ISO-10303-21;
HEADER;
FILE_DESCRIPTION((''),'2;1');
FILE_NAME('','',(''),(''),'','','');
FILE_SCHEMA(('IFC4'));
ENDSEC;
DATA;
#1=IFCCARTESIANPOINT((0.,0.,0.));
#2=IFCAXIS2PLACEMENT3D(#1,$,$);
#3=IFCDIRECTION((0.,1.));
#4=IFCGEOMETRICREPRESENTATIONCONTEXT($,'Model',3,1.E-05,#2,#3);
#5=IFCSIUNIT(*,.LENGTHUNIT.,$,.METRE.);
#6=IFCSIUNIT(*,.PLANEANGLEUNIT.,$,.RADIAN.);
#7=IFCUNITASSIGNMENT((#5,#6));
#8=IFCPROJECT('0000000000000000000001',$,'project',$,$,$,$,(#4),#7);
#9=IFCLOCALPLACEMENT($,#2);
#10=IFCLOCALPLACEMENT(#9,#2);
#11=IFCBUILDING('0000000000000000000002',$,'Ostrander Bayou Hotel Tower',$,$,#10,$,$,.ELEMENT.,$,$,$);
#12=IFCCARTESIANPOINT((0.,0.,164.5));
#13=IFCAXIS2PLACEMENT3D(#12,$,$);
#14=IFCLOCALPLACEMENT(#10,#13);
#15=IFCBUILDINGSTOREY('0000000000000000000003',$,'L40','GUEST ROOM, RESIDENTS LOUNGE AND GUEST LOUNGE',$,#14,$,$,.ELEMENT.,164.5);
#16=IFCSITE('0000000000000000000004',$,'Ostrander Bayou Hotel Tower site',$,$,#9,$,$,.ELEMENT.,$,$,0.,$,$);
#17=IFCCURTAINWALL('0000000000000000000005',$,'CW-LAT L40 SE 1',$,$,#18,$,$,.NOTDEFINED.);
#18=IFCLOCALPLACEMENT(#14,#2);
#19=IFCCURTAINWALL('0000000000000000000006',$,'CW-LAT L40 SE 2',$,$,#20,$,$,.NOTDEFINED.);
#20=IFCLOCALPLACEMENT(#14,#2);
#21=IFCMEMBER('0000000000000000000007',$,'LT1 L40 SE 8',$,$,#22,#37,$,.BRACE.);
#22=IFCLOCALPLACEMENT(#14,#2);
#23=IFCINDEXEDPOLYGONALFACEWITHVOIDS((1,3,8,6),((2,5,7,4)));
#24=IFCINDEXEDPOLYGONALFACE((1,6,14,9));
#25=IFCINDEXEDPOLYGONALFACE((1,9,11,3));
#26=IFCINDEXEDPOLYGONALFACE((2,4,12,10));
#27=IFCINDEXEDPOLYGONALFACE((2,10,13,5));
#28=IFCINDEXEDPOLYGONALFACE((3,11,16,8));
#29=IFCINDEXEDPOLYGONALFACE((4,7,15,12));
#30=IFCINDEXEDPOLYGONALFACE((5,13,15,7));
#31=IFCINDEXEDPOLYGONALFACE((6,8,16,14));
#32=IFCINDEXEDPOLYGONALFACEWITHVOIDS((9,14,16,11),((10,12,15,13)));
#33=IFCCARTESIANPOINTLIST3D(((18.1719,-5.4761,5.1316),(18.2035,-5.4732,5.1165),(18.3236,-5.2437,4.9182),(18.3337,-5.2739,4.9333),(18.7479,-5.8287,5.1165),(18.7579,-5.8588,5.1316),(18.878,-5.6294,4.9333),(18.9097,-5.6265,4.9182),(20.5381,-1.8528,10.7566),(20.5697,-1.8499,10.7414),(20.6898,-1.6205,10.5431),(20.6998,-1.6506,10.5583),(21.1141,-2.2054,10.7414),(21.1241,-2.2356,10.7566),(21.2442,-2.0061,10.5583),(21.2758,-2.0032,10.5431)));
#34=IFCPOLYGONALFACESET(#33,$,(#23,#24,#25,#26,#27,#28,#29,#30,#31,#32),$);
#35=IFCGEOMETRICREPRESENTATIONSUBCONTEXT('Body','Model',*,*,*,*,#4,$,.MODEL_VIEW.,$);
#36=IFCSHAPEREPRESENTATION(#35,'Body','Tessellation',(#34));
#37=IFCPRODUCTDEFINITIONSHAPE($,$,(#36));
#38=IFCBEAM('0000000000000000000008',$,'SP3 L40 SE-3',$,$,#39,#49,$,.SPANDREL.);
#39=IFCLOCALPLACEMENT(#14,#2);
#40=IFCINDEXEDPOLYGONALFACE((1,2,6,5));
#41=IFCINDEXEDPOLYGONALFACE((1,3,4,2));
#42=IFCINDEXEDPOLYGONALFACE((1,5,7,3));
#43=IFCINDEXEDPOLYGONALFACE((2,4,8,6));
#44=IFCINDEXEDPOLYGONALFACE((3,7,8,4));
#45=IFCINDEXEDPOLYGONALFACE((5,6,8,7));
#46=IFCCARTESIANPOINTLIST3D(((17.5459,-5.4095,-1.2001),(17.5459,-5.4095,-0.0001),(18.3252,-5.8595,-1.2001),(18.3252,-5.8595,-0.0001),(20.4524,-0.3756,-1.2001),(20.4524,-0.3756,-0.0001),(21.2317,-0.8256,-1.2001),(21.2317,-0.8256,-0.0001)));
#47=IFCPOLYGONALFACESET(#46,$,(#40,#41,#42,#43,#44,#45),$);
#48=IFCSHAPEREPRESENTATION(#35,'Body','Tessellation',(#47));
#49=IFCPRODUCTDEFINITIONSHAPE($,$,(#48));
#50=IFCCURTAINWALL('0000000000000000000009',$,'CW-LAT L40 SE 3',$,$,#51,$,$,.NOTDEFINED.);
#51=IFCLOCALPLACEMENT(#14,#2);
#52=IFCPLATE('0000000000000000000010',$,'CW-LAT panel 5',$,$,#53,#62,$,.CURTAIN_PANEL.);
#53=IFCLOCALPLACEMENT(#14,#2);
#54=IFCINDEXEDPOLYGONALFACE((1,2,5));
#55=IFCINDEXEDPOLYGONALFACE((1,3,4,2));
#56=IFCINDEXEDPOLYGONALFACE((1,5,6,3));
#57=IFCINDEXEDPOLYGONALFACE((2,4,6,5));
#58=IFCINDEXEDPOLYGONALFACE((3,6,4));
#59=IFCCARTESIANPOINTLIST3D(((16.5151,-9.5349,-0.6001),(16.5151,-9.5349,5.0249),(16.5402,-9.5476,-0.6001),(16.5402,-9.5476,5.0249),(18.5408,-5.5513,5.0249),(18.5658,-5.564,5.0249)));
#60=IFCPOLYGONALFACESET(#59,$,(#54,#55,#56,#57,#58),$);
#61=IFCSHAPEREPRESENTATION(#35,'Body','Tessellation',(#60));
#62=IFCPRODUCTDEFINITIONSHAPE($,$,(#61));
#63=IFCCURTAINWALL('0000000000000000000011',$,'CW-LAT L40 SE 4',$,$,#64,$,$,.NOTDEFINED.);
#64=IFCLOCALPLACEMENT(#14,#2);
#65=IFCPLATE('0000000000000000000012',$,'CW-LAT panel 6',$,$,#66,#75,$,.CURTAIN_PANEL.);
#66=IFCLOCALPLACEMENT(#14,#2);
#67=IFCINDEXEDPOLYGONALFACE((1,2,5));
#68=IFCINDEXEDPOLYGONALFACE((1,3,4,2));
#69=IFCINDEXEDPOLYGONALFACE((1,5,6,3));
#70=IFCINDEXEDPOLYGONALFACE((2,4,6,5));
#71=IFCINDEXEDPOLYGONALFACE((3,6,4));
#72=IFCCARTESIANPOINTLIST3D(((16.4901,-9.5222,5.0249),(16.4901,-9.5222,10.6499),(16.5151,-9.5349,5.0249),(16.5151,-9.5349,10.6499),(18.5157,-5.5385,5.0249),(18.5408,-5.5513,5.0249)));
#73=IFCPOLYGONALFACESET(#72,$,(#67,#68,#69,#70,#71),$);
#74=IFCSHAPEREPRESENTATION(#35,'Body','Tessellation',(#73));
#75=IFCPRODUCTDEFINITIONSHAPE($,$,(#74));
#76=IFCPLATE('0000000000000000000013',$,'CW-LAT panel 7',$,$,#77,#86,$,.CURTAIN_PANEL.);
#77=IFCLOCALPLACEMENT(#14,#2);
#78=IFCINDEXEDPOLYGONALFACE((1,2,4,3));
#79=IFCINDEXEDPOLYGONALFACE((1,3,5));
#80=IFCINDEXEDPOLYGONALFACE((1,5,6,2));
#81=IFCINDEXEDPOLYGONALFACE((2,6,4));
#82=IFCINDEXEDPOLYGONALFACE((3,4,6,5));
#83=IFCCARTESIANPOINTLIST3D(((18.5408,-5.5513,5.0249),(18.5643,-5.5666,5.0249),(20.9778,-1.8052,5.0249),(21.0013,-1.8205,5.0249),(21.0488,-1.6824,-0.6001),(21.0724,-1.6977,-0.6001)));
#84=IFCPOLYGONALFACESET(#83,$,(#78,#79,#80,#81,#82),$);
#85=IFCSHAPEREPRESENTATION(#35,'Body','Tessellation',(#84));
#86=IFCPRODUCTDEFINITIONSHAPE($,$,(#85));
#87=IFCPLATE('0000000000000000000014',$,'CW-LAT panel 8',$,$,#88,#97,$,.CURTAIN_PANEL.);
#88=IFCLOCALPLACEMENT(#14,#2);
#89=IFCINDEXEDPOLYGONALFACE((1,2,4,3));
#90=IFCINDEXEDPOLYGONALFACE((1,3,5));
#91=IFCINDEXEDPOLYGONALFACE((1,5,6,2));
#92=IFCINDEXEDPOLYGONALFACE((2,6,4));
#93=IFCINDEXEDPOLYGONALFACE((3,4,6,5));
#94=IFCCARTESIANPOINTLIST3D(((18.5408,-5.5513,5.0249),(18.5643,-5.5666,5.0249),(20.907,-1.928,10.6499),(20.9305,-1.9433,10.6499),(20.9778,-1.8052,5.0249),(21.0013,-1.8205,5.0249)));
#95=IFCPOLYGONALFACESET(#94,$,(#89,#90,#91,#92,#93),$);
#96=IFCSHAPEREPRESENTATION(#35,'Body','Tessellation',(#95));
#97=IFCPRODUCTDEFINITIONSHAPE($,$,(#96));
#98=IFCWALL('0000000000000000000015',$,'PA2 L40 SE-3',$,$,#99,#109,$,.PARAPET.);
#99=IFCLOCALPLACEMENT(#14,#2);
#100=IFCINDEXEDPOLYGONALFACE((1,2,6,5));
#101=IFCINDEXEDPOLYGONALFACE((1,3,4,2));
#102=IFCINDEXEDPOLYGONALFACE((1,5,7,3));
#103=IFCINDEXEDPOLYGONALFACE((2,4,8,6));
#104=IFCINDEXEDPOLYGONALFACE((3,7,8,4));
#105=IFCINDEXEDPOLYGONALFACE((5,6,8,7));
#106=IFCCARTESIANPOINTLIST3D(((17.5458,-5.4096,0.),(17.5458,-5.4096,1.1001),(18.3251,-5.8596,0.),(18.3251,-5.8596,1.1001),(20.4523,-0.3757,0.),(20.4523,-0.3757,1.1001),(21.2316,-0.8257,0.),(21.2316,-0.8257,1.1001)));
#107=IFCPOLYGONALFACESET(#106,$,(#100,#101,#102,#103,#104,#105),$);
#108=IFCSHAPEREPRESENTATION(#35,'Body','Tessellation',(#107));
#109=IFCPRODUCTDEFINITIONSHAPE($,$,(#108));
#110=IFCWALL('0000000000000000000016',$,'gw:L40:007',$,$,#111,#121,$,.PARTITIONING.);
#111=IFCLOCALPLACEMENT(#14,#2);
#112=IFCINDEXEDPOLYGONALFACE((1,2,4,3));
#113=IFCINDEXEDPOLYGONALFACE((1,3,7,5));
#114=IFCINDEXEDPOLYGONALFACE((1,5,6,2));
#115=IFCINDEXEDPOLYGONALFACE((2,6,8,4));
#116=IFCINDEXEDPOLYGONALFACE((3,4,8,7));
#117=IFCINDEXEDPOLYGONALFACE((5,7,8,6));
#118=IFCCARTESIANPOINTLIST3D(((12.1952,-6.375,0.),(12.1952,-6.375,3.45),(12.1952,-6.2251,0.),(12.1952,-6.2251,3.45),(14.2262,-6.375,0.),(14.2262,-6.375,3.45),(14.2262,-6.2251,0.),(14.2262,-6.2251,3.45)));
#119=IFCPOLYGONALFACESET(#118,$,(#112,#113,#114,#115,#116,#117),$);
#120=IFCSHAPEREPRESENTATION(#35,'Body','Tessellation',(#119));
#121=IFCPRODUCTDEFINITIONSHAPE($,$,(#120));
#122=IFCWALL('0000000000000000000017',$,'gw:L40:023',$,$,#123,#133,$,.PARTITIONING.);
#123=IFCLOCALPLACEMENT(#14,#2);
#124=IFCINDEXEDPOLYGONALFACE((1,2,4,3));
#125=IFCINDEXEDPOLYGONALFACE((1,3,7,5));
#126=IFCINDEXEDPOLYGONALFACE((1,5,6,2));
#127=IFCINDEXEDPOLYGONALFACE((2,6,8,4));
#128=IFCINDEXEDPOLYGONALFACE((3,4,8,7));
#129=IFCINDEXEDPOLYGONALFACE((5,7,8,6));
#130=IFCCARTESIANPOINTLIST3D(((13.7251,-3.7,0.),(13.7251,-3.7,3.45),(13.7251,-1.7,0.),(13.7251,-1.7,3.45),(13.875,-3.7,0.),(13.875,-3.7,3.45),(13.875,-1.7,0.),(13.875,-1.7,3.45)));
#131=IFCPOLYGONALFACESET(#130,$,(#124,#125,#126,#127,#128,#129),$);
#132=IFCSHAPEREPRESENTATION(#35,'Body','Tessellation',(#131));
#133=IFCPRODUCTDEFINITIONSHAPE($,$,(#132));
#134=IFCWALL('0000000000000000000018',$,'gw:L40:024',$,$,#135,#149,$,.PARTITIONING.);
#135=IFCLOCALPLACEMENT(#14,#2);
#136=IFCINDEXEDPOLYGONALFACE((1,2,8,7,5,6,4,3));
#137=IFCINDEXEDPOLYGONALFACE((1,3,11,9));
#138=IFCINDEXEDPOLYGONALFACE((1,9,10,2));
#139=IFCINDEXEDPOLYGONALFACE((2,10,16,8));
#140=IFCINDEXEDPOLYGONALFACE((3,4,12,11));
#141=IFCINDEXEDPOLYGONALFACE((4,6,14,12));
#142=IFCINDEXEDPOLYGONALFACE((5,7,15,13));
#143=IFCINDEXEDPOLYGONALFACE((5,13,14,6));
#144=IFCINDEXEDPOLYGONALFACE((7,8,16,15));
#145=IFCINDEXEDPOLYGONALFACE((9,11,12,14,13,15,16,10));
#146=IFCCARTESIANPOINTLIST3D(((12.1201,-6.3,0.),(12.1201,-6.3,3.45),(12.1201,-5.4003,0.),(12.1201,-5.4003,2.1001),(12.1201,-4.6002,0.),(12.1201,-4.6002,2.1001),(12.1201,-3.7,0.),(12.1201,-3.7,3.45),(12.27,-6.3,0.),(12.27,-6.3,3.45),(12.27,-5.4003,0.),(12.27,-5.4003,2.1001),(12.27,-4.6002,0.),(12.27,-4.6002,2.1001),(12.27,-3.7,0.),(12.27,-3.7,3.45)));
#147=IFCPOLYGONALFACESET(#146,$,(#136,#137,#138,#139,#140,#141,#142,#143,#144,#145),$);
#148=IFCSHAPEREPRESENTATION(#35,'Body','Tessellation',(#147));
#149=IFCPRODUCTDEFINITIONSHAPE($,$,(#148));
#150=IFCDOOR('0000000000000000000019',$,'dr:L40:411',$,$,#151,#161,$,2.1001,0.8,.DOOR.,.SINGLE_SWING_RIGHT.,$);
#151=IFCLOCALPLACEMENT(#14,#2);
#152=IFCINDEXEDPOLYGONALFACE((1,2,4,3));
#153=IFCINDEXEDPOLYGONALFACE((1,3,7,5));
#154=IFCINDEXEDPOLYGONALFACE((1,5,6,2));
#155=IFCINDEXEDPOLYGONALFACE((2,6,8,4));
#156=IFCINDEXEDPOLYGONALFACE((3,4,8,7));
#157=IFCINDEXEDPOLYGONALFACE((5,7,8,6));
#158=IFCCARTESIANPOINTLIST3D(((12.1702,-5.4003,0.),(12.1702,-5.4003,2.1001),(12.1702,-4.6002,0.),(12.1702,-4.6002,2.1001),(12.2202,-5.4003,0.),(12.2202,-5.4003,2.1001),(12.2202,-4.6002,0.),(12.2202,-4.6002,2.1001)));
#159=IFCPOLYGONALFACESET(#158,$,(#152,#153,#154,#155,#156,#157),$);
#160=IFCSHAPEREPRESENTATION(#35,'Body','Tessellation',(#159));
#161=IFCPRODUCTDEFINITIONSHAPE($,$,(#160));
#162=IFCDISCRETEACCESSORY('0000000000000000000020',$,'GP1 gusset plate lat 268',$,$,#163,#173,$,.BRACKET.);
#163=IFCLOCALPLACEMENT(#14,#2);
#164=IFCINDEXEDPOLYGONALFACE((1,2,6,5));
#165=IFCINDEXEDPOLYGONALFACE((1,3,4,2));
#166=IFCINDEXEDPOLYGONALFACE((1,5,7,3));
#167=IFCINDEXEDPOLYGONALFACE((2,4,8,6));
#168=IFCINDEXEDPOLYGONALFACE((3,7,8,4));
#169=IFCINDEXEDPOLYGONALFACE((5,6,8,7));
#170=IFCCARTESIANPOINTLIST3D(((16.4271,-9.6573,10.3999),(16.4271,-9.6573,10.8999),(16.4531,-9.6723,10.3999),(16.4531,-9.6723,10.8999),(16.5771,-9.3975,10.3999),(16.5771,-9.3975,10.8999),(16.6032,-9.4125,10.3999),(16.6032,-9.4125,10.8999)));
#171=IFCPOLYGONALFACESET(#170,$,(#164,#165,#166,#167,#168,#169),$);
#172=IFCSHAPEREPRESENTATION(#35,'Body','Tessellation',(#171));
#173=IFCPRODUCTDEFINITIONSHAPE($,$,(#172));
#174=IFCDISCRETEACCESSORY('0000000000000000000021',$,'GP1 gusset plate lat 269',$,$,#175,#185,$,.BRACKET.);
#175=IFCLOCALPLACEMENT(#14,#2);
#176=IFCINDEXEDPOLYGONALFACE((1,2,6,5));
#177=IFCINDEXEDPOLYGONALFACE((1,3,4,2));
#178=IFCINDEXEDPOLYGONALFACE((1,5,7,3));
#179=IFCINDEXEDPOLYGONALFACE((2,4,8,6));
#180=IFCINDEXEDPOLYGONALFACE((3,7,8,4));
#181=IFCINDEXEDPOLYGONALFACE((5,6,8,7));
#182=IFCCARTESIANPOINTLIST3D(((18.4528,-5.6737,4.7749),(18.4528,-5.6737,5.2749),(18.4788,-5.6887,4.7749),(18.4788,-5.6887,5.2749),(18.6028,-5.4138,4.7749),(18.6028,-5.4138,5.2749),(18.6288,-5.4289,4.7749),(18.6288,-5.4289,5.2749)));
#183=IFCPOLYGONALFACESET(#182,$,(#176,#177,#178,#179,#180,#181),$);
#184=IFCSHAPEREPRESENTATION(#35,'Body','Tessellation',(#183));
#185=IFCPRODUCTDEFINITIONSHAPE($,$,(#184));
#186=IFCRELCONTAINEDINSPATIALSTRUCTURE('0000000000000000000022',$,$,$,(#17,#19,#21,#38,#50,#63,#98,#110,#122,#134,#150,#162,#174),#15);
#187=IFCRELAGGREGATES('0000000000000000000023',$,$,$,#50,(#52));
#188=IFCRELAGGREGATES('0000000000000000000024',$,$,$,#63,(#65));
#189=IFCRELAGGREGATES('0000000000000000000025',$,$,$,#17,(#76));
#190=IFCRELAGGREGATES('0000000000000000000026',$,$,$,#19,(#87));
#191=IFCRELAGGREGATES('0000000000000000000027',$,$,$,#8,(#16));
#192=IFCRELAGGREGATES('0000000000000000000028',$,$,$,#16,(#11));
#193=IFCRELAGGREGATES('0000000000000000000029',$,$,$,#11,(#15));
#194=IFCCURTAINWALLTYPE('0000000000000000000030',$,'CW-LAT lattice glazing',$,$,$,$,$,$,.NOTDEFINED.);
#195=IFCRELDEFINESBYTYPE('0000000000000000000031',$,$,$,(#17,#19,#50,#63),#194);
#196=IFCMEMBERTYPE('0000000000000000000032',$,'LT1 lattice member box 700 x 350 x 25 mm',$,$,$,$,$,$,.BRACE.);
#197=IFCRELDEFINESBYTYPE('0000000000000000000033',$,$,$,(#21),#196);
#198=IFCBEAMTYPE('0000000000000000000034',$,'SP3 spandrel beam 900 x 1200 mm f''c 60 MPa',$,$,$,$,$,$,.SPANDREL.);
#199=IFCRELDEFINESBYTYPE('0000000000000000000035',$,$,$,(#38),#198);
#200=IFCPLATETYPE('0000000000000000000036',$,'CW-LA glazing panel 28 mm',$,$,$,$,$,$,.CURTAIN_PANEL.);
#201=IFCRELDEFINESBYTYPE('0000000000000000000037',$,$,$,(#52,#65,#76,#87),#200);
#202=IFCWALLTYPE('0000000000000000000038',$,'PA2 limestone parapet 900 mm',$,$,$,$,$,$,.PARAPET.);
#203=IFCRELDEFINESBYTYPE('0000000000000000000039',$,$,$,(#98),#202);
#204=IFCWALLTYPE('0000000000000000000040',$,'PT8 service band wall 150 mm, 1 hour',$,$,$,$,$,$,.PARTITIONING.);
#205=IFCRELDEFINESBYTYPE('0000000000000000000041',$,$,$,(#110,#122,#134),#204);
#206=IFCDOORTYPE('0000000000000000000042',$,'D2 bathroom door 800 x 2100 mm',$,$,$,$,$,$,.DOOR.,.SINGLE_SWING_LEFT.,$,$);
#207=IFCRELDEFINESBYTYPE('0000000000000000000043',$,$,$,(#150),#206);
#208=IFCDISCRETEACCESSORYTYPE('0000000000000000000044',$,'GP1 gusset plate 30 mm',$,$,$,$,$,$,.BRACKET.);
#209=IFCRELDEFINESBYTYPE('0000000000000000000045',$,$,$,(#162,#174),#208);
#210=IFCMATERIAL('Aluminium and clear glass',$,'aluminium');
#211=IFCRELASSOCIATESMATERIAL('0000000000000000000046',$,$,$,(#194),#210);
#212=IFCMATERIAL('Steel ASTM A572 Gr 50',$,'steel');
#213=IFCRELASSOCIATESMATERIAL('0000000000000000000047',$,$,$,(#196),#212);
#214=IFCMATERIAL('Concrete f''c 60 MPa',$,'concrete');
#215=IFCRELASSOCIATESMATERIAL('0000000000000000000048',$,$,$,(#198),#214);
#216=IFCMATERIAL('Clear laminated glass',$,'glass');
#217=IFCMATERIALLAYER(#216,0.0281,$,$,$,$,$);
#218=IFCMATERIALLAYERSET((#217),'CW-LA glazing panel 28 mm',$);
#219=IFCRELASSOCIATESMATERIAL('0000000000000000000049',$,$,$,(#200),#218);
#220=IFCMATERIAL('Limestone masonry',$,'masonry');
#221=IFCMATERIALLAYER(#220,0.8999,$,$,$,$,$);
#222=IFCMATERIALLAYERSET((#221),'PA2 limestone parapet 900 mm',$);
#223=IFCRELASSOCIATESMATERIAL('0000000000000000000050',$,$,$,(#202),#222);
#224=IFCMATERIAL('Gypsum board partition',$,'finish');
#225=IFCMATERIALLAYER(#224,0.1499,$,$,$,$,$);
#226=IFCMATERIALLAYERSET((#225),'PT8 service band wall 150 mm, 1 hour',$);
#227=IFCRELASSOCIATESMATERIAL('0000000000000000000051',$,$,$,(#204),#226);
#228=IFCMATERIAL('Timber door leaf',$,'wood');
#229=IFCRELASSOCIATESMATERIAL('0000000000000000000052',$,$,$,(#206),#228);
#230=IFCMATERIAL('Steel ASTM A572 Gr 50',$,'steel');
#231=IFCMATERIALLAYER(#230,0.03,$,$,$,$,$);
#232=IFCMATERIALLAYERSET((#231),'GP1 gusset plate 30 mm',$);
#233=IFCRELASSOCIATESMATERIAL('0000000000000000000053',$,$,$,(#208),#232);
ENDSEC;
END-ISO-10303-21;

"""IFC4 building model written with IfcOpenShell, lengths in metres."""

from ifc_helpers import new_model, si_unit, direction, frame, frame_2d, origin, origin_2d, place, context, subcontext, project, spatial, polyline, rectangle, hollow_rectangle, outline, extrude, material, layer, layer_set, material_profile, profile_set, type_object, element, fill, aggregate, save


model = new_model("IFC4")

# Units and contexts
model_context = context("Model", 3, precision=1e-05, world=origin(), true_north=direction((0.0, 1.0)))
body_context = subcontext(model_context, "Body", "Model", "MODEL_VIEW")
ifc_project = project(units=[si_unit("LENGTHUNIT", "METRE"), si_unit("PLANEANGLEUNIT", "RADIAN")], contexts=[model_context])

# Site, building, storey
site_placement = place(None, origin())
site = spatial("IfcSite", under=ifc_project, at=site_placement, Name="Ostrander Bayou Hotel Tower site", CompositionType="ELEMENT", RefElevation=0.0)
building_placement = place(site_placement, origin())
building = spatial("IfcBuilding", under=site, at=building_placement, Name="Ostrander Bayou Hotel Tower", CompositionType="ELEMENT")
storey_placement = place(building_placement, frame((0.0, 0.0, 164.5)))
storey = spatial("IfcBuildingStorey", under=building, at=storey_placement, Name="L40", Description="GUEST ROOM, RESIDENTS LOUNGE AND GUEST LOUNGE", CompositionType="ELEMENT", Elevation=164.5)

# Curtain walls
ifc_material_1 = material(Name="Aluminium and clear glass", Category="aluminium")
curtain_wall_type = type_object("IfcCurtainWallType", Name="CW-LAT lattice glazing", PredefinedType="NOTDEFINED", material=ifc_material_1)
curtain_wall_1_placement = place(storey_placement, origin())
curtain_wall_1 = element("IfcCurtainWall", 1, at=curtain_wall_1_placement, inside=storey, type_object=curtain_wall_type, Name="CW-LAT L40 SE 1", PredefinedType="NOTDEFINED")
curtain_wall_2_placement = place(storey_placement, origin())
curtain_wall_2 = element("IfcCurtainWall", 2, at=curtain_wall_2_placement, inside=storey, type_object=curtain_wall_type, Name="CW-LAT L40 SE 2", PredefinedType="NOTDEFINED")

# Member
ifc_material_2 = material(Name="Steel ASTM A572 Gr 50", Category="steel")
ifc_material_profile_1 = material_profile(ifc_material_2, hollow_rectangle(XDim=0.7, YDim=0.3501, WallThickness=0.0249, at=origin_2d()))
ifc_profile_set_1 = profile_set([ifc_material_profile_1], Name="Steel ASTM A572 Gr 50")
member_type_1 = type_object("IfcMemberType", Name="LT1 lattice member box 700 x 350 x 25 mm", PredefinedType="BRACE", material=ifc_profile_set_1)
member_1_placement = place(storey_placement, frame((18.5408, -5.5513, 5.0249), z_axis=(0.333409, 0.510536, 0.792585), x_axis=(-0.837273, 0.546786, 0.0)))
element("IfcMember", 3, at=member_1_placement, inside=storey, type_object=member_type_1, Name="LT1 L40 SE 8", PredefinedType="BRACE", context=body_context, shape_type="SweptSolid", body=[
    extrude(hollow_rectangle(XDim=0.7, YDim=0.3501, WallThickness=0.0249, at=origin_2d()), origin(), (0.0, 0.0, 1.0), 7.0969),
])

# Beam
ifc_material_3 = material(Name="Concrete f'c 60 MPa", Category="concrete")
ifc_material_profile_2 = material_profile(ifc_material_3, rectangle(XDim=0.8999, YDim=1.2, at=origin_2d()))
ifc_profile_set_2 = profile_set([ifc_material_profile_2], Name="Concrete f'c 60 MPa")
beam_type_1 = type_object("IfcBeamType", Name="SP3 spandrel beam 900 x 1200 mm f'c 60 MPa", PredefinedType="SPANDREL", material=ifc_profile_set_2)
beam_1_placement = place(storey_placement, frame((17.9355, -5.6345, -0.6001), z_axis=(0.500019, 0.866014, 0.0), x_axis=(-0.866014, 0.500019, 0.0)))
element("IfcBeam", 4, at=beam_1_placement, inside=storey, type_object=beam_type_1, Name="SP3 L40 SE-3", PredefinedType="SPANDREL", context=body_context, shape_type="SweptSolid", body=[
    extrude(rectangle(XDim=0.8999, YDim=1.2, at=origin_2d()), origin(), (0.0, 0.0, 1.0), 5.8127),
])

# Curtain walls, plates
curtain_wall_3_placement = place(storey_placement, origin())
curtain_wall_3 = element("IfcCurtainWall", 5, at=curtain_wall_3_placement, inside=storey, type_object=curtain_wall_type, Name="CW-LAT L40 SE 3", PredefinedType="NOTDEFINED")
ifc_material_4 = material(Name="Clear laminated glass", Category="glass")
ifc_layer_1 = layer(ifc_material_4, 0.0281)
ifc_layer_set_1 = layer_set([ifc_layer_1], Name="CW-LA glazing panel 28 mm")
plate_type = type_object("IfcPlateType", Name="CW-LA glazing panel 28 mm", PredefinedType="CURTAIN_PANEL", material=ifc_layer_set_1)
plate_1_placement = place(storey_placement, frame((18.5408, -5.5513, 5.0249), z_axis=(-0.89138, 0.453256, 0.0), x_axis=(-0.281956, -0.554498, -0.782964)))
plate_1 = element("IfcPlate", 6, at=plate_1_placement, type_object=plate_type, Name="CW-LAT panel 5", PredefinedType="CURTAIN_PANEL", context=body_context, shape_type="SweptSolid", body=[
    extrude(outline(polyline([(0.0, 0.0), (7.1842, 0.0), (2.7801, 3.4991), (0.0, 0.0)])), origin(), (0.0, 0.0, -1.0), 0.0281),
])
aggregate(curtain_wall_3, [plate_1])
curtain_wall_4_placement = place(storey_placement, origin())
curtain_wall_4 = element("IfcCurtainWall", 7, at=curtain_wall_4_placement, inside=storey, type_object=curtain_wall_type, Name="CW-LAT L40 SE 4", PredefinedType="NOTDEFINED")
plate_2_placement = place(storey_placement, frame((18.5408, -5.5513, 5.0249), z_axis=(0.89138, -0.453256, 0.0), x_axis=(-0.281956, -0.554498, 0.782964)))
plate_2 = element("IfcPlate", 8, at=plate_2_placement, type_object=plate_type, Name="CW-LAT panel 6", PredefinedType="CURTAIN_PANEL", context=body_context, shape_type="SweptSolid", body=[
    extrude(outline(polyline([(0.0, 0.0), (7.1842, 0.0), (2.7801, 3.4991), (0.0, 0.0)])), origin(), (0.0, 0.0, -1.0), 0.0281),
])
aggregate(curtain_wall_4, [plate_2])

# Plates
plate_3_placement = place(storey_placement, frame((18.5408, -5.5513, 5.0249), z_axis=(-0.838233, 0.54531, 0.001318), x_axis=(0.344836, 0.531939, -0.773388)))
plate_3 = element("IfcPlate", 9, at=plate_3_placement, type_object=plate_type, Name="CW-LAT panel 7", PredefinedType="CURTAIN_PANEL", context=body_context, shape_type="SweptSolid", body=[
    extrude(outline(polyline([(0.0, 0.0), (7.2732, 0.0), (2.8331, -3.4563), (0.0, 0.0)])), origin(), (0.0, 0.0, -1.0), 0.0281),
])
aggregate(curtain_wall_1, [plate_3])
plate_4_placement = place(storey_placement, frame((18.5408, -5.5513, 5.0249), z_axis=(-0.838233, 0.54531, 0.001354), x_axis=(0.333409, 0.510536, 0.792585)))
plate_4 = element("IfcPlate", 10, at=plate_4_placement, type_object=plate_type, Name="CW-LAT panel 8", PredefinedType="CURTAIN_PANEL", context=body_context, shape_type="SweptSolid", body=[
    extrude(outline(polyline([(0.0, 0.0), (7.097, 0.0), (2.725, 3.5421), (0.0, 0.0)])), origin(), (0.0, 0.0, -1.0), 0.0281),
])
aggregate(curtain_wall_2, [plate_4])

# Walls
ifc_material_5 = material(Name="Limestone masonry", Category="masonry")
ifc_layer_2 = layer(ifc_material_5, 0.8999)
ifc_layer_set_2 = layer_set([ifc_layer_2], Name="PA2 limestone parapet 900 mm")
wall_type_1 = type_object("IfcWallType", Name="PA2 limestone parapet 900 mm", PredefinedType="PARAPET", material=ifc_layer_set_2)
wall_1_placement = place(storey_placement, frame((17.9355, -5.6345, 0.0), z_axis=(0.0, 0.0, 1.0), x_axis=(0.500019, 0.866014, 0.0)))
element("IfcWall", 11, at=wall_1_placement, inside=storey, type_object=wall_type_1, Name="PA2 L40 SE-3", PredefinedType="PARAPET", context=body_context, shape_type="SweptSolid", body=[
    extrude(rectangle(XDim=5.8127, YDim=0.8999, at=frame_2d((2.9062, 0.0))), origin(), (0.0, 0.0, 1.0), 1.1001),
])
ifc_material_6 = material(Name="Gypsum board partition", Category="finish")
ifc_layer_3 = layer(ifc_material_6, 0.1499)
ifc_layer_set_3 = layer_set([ifc_layer_3], Name="PT8 service band wall 150 mm, 1 hour")
wall_type_2 = type_object("IfcWallType", Name="PT8 service band wall 150 mm, 1 hour", PredefinedType="PARTITIONING", material=ifc_layer_set_3)
wall_2_placement = place(storey_placement, frame((12.1951, -6.3, 0.0), z_axis=(0.0, 0.0, 1.0), x_axis=(1.0, 0.0, 0.0)))
element("IfcWall", 12, at=wall_2_placement, inside=storey, type_object=wall_type_2, Name="gw:L40:007", PredefinedType="PARTITIONING", context=body_context, shape_type="SweptSolid", body=[
    extrude(rectangle(XDim=2.031, YDim=0.1499, at=frame_2d((1.0156, 0.0))), origin(), (0.0, 0.0, 1.0), 3.45),
])
wall_3_placement = place(storey_placement, frame((13.8, -3.7, 0.0), z_axis=(0.0, 0.0, 1.0), x_axis=(0.0, 1.0, 0.0)))
element("IfcWall", 13, at=wall_3_placement, inside=storey, type_object=wall_type_2, Name="gw:L40:023", PredefinedType="PARTITIONING", context=body_context, shape_type="SweptSolid", body=[
    extrude(rectangle(XDim=2.0, YDim=0.1499, at=frame_2d((1.0, 0.0))), origin(), (0.0, 0.0, 1.0), 3.45),
])

# Wall, opening, door
wall_4_placement = place(storey_placement, frame((12.1951, -6.3, 0.0), z_axis=(0.0, 0.0, 1.0), x_axis=(0.0, 1.0, 0.0)))
wall_4 = element("IfcWall", 14, at=wall_4_placement, inside=storey, type_object=wall_type_2, Name="gw:L40:024", PredefinedType="PARTITIONING", context=body_context, shape_type="SweptSolid", body=[
    extrude(rectangle(XDim=2.6001, YDim=0.1499, at=frame_2d((1.3, 0.0))), origin(), (0.0, 0.0, 1.0), 3.45),
])
opening_placement = place(wall_4_placement, frame((0.8999, 0.0, 0.0)))
opening = element("IfcOpeningElement", 15, at=opening_placement, cuts=wall_4, PredefinedType="OPENING", context=body_context, shape_type="SweptSolid", body=[
    extrude(rectangle(XDim=0.8, YDim=2.1001, at=frame_2d((0.3999, 1.05))), frame((0.0, 0.075, 0.0), z_axis=(0.0, -1.0, 0.0), x_axis=(1.0, 0.0, 0.0)), (0.0, 0.0, 1.0), 0.1499),
])
ifc_material_7 = material(Name="Timber door leaf", Category="wood")
door_type = type_object("IfcDoorType", Name="D2 bathroom door 800 x 2100 mm", OperationType="SINGLE_SWING_LEFT", PredefinedType="DOOR", material=ifc_material_7)
door_placement = place(opening_placement, origin())
door = element("IfcDoor", 16, at=door_placement, inside=storey, type_object=door_type, Name="dr:L40:411", OperationType="SINGLE_SWING_RIGHT", OverallHeight=2.1001, OverallWidth=0.8, PredefinedType="DOOR", context=body_context, shape_type="SweptSolid", body=[
    extrude(rectangle(XDim=0.8, YDim=2.1001, at=frame_2d((0.3999, 1.05))), frame((0.0, 0.0249, 0.0), z_axis=(0.0, -1.0, 0.0), x_axis=(1.0, 0.0, 0.0)), (0.0, 0.0, 1.0), 0.05),
])
fill(opening, door)

# Discrete accessories
ifc_material_8 = material(Name="Steel ASTM A572 Gr 50", Category="steel")
ifc_layer_4 = layer(ifc_material_8, 0.03)
ifc_layer_set_4 = layer_set([ifc_layer_4], Name="GP1 gusset plate 30 mm")
discrete_accessory_type = type_object("IfcDiscreteAccessoryType", Name="GP1 gusset plate 30 mm", PredefinedType="BRACKET", material=ifc_layer_set_4)
for number, where, z_axis, x_axis, name in (
    (17, (16.5151, -9.5349, 10.3999), (0.0, 0.0, 1.0), (0.5, 0.866025, 0.0), "GP1 gusset plate lat 268"),
    (18, (18.5408, -5.5513, 4.7749), (0.0, 0.0, 1.0), (0.5, 0.866025, 0.0), "GP1 gusset plate lat 269"),
):
    element("IfcDiscreteAccessory", number, at=place(storey_placement, frame(where, z_axis=z_axis, x_axis=x_axis)), inside=storey, type_object=discrete_accessory_type, Name=name, PredefinedType="BRACKET", context=body_context, shape_type="SweptSolid", body=[
        extrude(rectangle(XDim=0.3, YDim=0.03, at=origin_2d()), origin(), (0.0, 0.0, 1.0), 0.5),
    ])

save(model, "model.ifc")
